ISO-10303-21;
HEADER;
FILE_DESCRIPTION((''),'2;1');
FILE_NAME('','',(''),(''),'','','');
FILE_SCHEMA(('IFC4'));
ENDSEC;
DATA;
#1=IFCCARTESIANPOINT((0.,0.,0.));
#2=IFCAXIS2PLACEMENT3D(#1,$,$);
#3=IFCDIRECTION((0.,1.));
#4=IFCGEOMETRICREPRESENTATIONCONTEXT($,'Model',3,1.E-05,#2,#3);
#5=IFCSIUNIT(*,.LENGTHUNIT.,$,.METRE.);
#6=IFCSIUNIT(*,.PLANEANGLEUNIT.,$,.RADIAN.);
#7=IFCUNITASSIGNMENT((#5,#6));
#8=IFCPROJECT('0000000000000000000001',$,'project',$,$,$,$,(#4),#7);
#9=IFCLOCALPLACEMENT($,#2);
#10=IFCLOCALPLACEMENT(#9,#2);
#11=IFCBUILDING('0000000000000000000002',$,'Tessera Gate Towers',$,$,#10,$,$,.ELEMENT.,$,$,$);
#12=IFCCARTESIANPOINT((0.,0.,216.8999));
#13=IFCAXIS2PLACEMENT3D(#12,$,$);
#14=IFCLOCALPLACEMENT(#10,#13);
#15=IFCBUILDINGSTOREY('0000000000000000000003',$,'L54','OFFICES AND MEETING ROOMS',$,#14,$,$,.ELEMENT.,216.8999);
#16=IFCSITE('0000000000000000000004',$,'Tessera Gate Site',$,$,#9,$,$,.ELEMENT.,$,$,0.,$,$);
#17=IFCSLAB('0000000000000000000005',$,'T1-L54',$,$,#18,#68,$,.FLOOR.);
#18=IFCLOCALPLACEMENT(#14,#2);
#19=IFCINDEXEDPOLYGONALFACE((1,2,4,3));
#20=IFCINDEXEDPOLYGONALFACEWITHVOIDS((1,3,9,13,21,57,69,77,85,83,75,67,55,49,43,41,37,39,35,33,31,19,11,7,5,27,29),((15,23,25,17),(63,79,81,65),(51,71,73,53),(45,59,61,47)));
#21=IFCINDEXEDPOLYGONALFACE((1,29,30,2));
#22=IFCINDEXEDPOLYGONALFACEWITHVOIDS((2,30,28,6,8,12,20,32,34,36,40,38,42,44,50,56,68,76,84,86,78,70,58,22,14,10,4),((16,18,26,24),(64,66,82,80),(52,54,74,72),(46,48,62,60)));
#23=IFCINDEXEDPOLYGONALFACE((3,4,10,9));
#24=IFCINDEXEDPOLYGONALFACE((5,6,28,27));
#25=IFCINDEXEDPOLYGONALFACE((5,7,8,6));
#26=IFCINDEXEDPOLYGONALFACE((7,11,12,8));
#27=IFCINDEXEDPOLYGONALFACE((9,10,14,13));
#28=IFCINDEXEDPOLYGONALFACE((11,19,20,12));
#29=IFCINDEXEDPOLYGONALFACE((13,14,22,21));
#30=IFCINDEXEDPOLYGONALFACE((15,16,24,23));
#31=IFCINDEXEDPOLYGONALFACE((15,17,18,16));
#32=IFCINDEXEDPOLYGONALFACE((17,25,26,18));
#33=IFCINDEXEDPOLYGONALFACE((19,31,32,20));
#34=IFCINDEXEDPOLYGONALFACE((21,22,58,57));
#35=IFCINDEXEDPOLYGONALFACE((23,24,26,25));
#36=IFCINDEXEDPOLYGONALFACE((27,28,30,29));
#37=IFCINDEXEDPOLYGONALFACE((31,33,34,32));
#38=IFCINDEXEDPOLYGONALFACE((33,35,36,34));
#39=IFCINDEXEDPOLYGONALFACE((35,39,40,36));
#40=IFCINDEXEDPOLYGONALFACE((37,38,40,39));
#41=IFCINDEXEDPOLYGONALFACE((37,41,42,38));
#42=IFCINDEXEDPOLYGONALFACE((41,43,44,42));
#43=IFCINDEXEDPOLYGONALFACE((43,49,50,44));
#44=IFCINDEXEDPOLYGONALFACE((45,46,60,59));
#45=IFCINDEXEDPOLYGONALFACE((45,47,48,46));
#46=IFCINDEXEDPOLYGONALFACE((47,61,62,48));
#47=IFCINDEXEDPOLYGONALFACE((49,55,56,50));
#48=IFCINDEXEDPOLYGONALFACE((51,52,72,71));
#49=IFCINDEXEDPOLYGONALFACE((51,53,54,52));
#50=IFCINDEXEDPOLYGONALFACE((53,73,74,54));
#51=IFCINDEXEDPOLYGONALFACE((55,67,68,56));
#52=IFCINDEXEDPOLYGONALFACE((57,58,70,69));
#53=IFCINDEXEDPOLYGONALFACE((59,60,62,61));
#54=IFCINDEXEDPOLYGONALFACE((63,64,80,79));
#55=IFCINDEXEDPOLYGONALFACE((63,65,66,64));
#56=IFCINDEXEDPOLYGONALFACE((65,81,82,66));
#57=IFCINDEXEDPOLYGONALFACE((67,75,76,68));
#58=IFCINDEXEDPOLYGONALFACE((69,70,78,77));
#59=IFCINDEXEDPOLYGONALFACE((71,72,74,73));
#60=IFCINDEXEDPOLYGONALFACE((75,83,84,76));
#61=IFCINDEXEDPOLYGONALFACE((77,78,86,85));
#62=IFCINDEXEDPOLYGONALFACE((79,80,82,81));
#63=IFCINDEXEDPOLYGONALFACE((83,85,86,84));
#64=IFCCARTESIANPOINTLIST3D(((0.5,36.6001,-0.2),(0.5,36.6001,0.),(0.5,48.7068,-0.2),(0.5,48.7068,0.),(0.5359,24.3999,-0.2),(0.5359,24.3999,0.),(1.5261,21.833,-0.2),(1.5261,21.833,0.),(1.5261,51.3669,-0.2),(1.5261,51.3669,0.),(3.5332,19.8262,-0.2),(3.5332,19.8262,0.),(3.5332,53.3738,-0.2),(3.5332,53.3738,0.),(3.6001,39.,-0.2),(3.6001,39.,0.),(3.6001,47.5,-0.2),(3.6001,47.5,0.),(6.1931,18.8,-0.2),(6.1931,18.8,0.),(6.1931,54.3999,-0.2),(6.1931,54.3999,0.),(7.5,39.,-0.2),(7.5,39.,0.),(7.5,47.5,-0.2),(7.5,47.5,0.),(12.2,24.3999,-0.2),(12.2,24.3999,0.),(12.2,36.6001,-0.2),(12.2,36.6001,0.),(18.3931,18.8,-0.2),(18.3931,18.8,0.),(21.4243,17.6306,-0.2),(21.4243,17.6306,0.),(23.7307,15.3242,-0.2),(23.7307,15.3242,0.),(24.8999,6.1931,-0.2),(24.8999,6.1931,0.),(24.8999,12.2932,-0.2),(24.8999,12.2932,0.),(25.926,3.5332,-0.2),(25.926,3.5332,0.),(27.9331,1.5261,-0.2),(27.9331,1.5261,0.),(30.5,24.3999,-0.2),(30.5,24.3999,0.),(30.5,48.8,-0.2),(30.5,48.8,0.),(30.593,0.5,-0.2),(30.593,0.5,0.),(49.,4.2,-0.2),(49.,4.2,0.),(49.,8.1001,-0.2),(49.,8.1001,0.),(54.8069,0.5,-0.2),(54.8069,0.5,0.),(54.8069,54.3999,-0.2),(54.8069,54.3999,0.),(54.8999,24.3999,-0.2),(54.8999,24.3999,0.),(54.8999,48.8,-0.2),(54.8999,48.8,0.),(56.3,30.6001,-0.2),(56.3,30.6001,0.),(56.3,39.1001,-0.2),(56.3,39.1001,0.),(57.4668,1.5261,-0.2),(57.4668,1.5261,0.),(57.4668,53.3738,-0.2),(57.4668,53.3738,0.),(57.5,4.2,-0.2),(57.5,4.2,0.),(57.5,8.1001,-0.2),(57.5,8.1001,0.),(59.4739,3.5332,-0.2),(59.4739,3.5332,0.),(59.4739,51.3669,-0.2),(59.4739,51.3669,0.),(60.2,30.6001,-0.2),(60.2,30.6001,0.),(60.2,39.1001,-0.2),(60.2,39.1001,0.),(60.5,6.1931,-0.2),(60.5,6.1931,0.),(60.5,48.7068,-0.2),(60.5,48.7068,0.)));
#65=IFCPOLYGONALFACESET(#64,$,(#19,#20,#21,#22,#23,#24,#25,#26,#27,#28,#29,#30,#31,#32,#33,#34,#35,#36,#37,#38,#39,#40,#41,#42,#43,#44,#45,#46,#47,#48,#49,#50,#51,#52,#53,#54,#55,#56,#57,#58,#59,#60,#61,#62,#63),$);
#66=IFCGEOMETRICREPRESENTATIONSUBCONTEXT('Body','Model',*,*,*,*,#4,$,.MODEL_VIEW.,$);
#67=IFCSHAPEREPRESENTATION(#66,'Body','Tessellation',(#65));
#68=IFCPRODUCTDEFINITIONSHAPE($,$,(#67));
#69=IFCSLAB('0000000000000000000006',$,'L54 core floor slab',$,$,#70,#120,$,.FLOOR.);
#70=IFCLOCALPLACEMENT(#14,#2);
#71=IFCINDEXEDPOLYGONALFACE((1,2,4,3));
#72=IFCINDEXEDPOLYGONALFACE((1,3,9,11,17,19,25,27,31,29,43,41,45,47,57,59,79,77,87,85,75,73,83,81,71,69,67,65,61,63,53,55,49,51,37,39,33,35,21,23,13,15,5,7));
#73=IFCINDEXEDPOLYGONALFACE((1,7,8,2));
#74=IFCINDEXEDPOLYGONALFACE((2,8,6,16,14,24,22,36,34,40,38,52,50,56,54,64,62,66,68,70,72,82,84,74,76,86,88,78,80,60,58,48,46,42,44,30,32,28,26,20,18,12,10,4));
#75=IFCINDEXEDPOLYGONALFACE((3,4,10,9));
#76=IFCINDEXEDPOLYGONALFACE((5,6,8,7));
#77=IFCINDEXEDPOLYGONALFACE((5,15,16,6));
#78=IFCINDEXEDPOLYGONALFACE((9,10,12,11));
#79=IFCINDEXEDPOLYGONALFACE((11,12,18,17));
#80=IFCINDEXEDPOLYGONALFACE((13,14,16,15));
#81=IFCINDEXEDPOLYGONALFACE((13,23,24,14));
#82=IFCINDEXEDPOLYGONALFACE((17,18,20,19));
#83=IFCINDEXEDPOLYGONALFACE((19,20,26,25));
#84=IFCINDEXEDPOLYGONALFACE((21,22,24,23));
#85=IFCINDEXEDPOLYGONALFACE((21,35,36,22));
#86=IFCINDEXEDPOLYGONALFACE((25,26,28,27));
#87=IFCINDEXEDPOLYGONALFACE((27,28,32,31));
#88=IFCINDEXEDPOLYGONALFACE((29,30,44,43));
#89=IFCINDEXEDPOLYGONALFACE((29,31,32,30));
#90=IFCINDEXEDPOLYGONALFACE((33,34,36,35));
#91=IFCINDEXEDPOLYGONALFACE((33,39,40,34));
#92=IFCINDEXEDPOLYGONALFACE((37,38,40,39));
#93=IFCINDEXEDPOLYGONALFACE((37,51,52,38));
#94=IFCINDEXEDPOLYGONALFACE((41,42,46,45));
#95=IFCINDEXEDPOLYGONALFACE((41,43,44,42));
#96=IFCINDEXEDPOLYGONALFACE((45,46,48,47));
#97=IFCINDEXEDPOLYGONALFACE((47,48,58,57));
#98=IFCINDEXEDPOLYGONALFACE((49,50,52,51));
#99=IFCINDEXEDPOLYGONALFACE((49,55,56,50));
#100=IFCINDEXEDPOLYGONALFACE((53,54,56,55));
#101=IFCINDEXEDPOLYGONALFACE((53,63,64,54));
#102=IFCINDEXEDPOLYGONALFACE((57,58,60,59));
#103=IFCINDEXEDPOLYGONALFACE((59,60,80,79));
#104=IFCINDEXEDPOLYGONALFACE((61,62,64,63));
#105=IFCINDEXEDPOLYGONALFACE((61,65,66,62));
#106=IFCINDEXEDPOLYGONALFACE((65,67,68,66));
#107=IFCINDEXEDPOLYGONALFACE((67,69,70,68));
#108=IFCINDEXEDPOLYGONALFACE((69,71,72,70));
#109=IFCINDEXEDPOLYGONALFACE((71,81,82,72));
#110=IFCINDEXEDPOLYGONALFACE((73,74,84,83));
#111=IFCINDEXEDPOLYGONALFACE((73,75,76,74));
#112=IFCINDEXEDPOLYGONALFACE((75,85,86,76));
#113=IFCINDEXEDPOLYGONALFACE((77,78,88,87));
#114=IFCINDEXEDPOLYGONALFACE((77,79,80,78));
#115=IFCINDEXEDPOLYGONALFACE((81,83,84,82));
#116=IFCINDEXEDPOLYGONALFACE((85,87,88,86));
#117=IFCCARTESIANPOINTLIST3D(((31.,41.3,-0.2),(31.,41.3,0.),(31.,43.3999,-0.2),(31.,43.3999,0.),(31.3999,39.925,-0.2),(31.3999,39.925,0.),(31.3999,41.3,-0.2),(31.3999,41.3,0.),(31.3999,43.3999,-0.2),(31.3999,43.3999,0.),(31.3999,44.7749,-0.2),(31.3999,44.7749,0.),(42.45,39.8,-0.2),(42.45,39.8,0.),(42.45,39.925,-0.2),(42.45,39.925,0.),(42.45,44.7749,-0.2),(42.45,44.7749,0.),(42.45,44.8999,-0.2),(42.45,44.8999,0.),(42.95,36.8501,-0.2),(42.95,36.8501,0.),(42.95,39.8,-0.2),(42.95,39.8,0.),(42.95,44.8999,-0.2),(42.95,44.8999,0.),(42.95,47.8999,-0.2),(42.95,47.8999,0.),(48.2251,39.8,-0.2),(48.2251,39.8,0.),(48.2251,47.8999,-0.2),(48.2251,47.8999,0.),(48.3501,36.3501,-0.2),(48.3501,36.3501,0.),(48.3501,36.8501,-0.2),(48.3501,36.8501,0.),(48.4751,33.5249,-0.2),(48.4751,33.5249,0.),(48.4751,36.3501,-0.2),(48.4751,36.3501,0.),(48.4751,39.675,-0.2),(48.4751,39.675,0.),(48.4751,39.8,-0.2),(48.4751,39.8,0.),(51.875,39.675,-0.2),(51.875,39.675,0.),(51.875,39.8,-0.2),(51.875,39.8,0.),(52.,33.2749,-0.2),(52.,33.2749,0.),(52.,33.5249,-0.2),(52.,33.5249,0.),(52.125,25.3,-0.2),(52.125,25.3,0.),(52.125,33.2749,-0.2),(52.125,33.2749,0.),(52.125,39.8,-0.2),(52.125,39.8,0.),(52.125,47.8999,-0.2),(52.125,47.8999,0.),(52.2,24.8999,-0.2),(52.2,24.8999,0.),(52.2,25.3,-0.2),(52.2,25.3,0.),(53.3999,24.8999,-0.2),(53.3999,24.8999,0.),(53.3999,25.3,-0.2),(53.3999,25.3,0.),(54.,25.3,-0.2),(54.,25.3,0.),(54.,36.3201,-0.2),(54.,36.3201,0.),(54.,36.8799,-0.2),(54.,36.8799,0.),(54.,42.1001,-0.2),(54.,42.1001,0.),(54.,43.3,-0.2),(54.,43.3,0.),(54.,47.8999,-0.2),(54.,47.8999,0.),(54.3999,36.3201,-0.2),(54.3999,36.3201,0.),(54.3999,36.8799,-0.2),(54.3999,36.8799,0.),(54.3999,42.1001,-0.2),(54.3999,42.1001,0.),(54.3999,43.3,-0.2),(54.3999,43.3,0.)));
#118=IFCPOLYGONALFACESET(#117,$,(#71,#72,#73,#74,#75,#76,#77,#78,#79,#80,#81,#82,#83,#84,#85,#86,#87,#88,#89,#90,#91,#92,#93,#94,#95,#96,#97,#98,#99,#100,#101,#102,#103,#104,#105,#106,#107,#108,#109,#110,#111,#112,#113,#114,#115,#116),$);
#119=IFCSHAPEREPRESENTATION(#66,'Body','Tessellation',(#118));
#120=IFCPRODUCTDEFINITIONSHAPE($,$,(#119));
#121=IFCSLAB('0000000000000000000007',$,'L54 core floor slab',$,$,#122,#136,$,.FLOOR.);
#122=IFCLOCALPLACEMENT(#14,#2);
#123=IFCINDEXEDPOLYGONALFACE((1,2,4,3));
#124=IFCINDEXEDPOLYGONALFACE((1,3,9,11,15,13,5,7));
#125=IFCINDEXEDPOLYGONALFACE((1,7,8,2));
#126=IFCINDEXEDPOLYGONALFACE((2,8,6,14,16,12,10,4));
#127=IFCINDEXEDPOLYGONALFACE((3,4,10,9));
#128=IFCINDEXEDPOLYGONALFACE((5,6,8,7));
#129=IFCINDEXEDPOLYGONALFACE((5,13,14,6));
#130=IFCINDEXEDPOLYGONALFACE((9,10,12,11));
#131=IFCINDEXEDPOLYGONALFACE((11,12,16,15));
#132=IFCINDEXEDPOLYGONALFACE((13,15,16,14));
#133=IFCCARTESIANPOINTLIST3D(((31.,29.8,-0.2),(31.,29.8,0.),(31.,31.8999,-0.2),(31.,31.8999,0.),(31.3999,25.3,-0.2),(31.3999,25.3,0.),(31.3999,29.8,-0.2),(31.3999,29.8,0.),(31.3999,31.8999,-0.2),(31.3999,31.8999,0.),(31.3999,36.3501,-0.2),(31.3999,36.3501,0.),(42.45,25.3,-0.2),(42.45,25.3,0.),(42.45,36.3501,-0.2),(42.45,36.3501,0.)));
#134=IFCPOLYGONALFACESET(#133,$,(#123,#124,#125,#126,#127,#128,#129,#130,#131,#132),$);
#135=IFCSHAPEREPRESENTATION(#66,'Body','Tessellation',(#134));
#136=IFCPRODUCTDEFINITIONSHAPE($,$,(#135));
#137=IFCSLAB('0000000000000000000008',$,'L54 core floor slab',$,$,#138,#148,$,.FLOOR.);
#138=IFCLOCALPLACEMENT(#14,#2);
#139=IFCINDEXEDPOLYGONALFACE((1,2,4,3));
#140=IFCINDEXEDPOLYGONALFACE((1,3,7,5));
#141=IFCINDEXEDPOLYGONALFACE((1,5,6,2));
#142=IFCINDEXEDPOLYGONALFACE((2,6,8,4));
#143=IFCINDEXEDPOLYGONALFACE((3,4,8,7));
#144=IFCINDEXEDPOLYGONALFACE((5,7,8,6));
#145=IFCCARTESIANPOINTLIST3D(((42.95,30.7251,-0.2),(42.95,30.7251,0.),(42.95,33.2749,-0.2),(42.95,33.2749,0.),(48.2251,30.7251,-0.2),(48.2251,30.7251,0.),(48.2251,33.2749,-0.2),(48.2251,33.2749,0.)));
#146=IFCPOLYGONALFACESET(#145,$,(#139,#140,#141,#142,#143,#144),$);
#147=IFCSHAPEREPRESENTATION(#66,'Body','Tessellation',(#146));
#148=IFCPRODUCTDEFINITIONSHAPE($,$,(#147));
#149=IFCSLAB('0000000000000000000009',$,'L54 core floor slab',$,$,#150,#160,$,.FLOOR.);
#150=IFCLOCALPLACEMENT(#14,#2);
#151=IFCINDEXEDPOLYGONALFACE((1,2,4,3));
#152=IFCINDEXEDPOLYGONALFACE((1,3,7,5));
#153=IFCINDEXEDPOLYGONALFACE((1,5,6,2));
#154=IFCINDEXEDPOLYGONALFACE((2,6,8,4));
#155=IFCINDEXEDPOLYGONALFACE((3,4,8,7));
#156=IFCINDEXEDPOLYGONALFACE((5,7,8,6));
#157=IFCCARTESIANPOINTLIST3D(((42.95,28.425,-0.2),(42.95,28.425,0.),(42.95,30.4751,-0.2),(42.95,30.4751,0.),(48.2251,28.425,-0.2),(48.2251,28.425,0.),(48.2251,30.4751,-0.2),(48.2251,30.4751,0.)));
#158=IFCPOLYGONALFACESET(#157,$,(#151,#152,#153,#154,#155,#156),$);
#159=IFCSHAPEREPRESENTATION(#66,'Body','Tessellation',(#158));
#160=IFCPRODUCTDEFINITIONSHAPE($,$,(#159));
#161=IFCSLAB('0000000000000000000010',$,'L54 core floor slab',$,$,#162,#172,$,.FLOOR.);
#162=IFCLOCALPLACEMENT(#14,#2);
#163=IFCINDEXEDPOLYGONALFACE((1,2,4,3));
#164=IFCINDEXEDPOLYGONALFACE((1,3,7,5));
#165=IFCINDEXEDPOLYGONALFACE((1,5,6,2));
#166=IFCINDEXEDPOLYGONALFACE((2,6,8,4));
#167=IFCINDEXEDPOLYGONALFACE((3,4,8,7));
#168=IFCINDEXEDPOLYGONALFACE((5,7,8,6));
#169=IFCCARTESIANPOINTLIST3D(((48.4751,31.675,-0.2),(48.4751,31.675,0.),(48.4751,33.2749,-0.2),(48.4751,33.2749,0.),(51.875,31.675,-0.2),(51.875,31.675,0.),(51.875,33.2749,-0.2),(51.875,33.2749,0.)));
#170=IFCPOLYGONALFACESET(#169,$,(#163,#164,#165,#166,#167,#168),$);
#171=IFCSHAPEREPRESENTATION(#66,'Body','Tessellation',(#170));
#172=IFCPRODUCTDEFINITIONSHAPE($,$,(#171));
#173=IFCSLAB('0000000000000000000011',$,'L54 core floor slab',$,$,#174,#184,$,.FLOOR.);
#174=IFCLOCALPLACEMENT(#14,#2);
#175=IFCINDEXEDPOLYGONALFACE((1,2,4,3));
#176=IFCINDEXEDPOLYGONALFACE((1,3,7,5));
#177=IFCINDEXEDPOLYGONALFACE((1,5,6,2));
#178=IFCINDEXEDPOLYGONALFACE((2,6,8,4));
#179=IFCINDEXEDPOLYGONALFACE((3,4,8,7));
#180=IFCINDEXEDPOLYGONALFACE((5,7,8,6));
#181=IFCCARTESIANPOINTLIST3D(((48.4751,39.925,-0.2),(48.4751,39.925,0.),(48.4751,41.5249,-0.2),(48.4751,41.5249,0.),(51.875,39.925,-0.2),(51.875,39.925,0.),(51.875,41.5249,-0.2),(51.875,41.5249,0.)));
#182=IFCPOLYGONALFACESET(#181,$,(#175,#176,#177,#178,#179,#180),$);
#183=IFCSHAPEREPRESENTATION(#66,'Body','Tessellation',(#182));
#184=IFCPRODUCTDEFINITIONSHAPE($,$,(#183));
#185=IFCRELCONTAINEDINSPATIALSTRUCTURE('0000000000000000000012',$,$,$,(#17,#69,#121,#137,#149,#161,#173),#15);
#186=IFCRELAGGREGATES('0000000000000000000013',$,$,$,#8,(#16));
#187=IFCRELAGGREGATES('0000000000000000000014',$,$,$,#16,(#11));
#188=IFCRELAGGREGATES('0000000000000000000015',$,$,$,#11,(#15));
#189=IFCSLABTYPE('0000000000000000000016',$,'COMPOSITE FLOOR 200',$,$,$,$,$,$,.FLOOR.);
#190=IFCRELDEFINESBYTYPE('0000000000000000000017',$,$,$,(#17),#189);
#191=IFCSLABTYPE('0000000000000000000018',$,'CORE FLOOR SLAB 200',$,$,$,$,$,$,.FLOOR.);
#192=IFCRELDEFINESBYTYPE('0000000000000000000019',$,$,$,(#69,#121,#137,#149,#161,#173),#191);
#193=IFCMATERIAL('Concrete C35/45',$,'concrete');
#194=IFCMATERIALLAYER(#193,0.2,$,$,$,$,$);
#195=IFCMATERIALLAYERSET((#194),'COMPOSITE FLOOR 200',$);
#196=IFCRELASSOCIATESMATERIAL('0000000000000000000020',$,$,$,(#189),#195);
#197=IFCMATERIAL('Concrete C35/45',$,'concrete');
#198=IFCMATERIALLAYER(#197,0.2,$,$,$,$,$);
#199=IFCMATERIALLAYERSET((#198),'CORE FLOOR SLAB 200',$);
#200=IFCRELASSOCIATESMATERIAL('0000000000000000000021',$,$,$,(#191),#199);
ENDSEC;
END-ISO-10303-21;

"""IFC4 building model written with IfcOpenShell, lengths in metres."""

from ifc_helpers import new_model, si_unit, direction, frame, origin, place, context, subcontext, project, spatial, polyline, outline, extrude, material, layer, layer_set, type_object, element, save


model = new_model("IFC4")

# Units and contexts
model_context = context("Model", 3, precision=1e-05, world=origin(), true_north=direction((0.0, 1.0)))
body_context = subcontext(model_context, "Body", "Model", "MODEL_VIEW")
ifc_project = project(units=[si_unit("LENGTHUNIT", "METRE"), si_unit("PLANEANGLEUNIT", "RADIAN")], contexts=[model_context])

# Site, building, storey
site_placement = place(None, origin())
site = spatial("IfcSite", under=ifc_project, at=site_placement, Name="Tessera Gate Site", CompositionType="ELEMENT", RefElevation=0.0)
building_placement = place(site_placement, origin())
building = spatial("IfcBuilding", under=site, at=building_placement, Name="Tessera Gate Towers", CompositionType="ELEMENT")
storey_placement = place(building_placement, frame((0.0, 0.0, 216.8999)))
storey = spatial("IfcBuildingStorey", under=building, at=storey_placement, Name="L54", Description="OFFICES AND MEETING ROOMS", CompositionType="ELEMENT", Elevation=216.8999)

# Slabs
ifc_material_1 = material(Name="Concrete C35/45", Category="concrete")
ifc_layer_1 = layer(ifc_material_1, 0.2)
ifc_layer_set_1 = layer_set([ifc_layer_1], Name="COMPOSITE FLOOR 200")
slab_type_1 = type_object("IfcSlabType", Name="COMPOSITE FLOOR 200", PredefinedType="FLOOR", material=ifc_layer_set_1)
slab_1_placement = place(storey_placement, frame((0.0, 0.0, -0.2)))
element("IfcSlab", 1, at=slab_1_placement, inside=storey, type_object=slab_type_1, Name="T1-L54", PredefinedType="FLOOR", context=body_context, shape_type="SweptSolid", body=[
    extrude(outline(polyline([(0.5, 36.6001), (12.2, 36.6001), (12.2, 24.3999), (0.5359, 24.3999), (1.5261, 21.833), (3.5332, 19.8262), (6.1931, 18.8), (18.3931, 18.8), (21.4243, 17.6306), (23.7307, 15.3242), (24.8999, 12.2932), (24.8999, 6.1931), (25.926, 3.5332), (27.9331, 1.5261), (30.593, 0.5), (54.8069, 0.5), (57.4668, 1.5261), (59.4739, 3.5332), (60.5, 6.1931), (60.5, 48.7068), (59.4739, 51.3669), (57.4668, 53.3738), (54.8069, 54.3999), (6.1931, 54.3999), (3.5332, 53.3738), (1.5261, 51.3669), (0.5, 48.7068), (0.5, 36.6001)]), holes=[polyline([(3.6001, 39.0), (3.6001, 47.5), (7.5, 47.5), (7.5, 39.0), (3.6001, 39.0)]), polyline([(30.5, 24.3999), (30.5, 48.8), (54.8999, 48.8), (54.8999, 24.3999), (30.5, 24.3999)]), polyline([(49.0, 4.2), (49.0, 8.1001), (57.5, 8.1001), (57.5, 4.2), (49.0, 4.2)]), polyline([(56.3, 30.6001), (56.3, 39.1001), (60.2, 39.1001), (60.2, 30.6001), (56.3, 30.6001)])]), origin(), (0.0, 0.0, 1.0), 0.2),
])
ifc_material_2 = material(Name="Concrete C35/45", Category="concrete")
ifc_layer_2 = layer(ifc_material_2, 0.2)
ifc_layer_set_2 = layer_set([ifc_layer_2], Name="CORE FLOOR SLAB 200")
slab_type_2 = type_object("IfcSlabType", Name="CORE FLOOR SLAB 200", PredefinedType="FLOOR", material=ifc_layer_set_2)
slab_2_placement = place(storey_placement, frame((0.0, 0.0, -0.2)))
element("IfcSlab", 2, at=slab_2_placement, inside=storey, type_object=slab_type_2, Name="L54 core floor slab", PredefinedType="FLOOR", context=body_context, shape_type="SweptSolid", body=[
    extrude(outline(polyline([(42.45, 44.8999), (42.45, 44.7749), (31.3999, 44.7749), (31.3999, 43.3999), (31.0, 43.3999), (31.0, 41.3), (31.3999, 41.3), (31.3999, 39.925), (42.45, 39.925), (42.45, 39.8), (42.95, 39.8), (42.95, 36.8501), (48.3501, 36.8501), (48.3501, 36.3501), (48.4751, 36.3501), (48.4751, 33.5249), (52.0, 33.5249), (52.0, 33.2749), (52.125, 33.2749), (52.125, 25.3), (52.2, 25.3), (52.2, 24.8999), (53.3999, 24.8999), (53.3999, 25.3), (54.0, 25.3), (54.0, 36.3201), (54.3999, 36.3201), (54.3999, 36.8799), (54.0, 36.8799), (54.0, 42.1001), (54.3999, 42.1001), (54.3999, 43.3), (54.0, 43.3), (54.0, 47.8999), (52.125, 47.8999), (52.125, 39.8), (51.875, 39.8), (51.875, 39.675), (48.4751, 39.675), (48.4751, 39.8), (48.2251, 39.8), (48.2251, 47.8999), (42.95, 47.8999), (42.95, 44.8999), (42.45, 44.8999)])), origin(), (0.0, 0.0, 1.0), 0.2),
])
slab_3_placement = place(storey_placement, frame((0.0, 0.0, -0.2)))
element("IfcSlab", 3, at=slab_3_placement, inside=storey, type_object=slab_type_2, Name="L54 core floor slab", PredefinedType="FLOOR", context=body_context, shape_type="SweptSolid", body=[
    extrude(outline(polyline([(31.3999, 36.3501), (31.3999, 31.8999), (31.0, 31.8999), (31.0, 29.8), (31.3999, 29.8), (31.3999, 25.3), (42.45, 25.3), (42.45, 36.3501), (31.3999, 36.3501)])), origin(), (0.0, 0.0, 1.0), 0.2),
])
slab_4_placement = place(storey_placement, frame((0.0, 0.0, -0.2)))
element("IfcSlab", 4, at=slab_4_placement, inside=storey, type_object=slab_type_2, Name="L54 core floor slab", PredefinedType="FLOOR", context=body_context, shape_type="SweptSolid", body=[
    extrude(outline(polyline([(42.95, 33.2749), (42.95, 30.7251), (48.2251, 30.7251), (48.2251, 33.2749), (42.95, 33.2749)])), origin(), (0.0, 0.0, 1.0), 0.2),
])
slab_5_placement = place(storey_placement, frame((0.0, 0.0, -0.2)))
element("IfcSlab", 5, at=slab_5_placement, inside=storey, type_object=slab_type_2, Name="L54 core floor slab", PredefinedType="FLOOR", context=body_context, shape_type="SweptSolid", body=[
    extrude(outline(polyline([(48.2251, 30.4751), (42.95, 30.4751), (42.95, 28.425), (48.2251, 28.425), (48.2251, 30.4751)])), origin(), (0.0, 0.0, 1.0), 0.2),
])
slab_6_placement = place(storey_placement, frame((0.0, 0.0, -0.2)))
element("IfcSlab", 6, at=slab_6_placement, inside=storey, type_object=slab_type_2, Name="L54 core floor slab", PredefinedType="FLOOR", context=body_context, shape_type="SweptSolid", body=[
    extrude(outline(polyline([(51.875, 31.675), (51.875, 33.2749), (48.4751, 33.2749), (48.4751, 31.675), (51.875, 31.675)])), origin(), (0.0, 0.0, 1.0), 0.2),
])
slab_7_placement = place(storey_placement, frame((0.0, 0.0, -0.2)))
element("IfcSlab", 7, at=slab_7_placement, inside=storey, type_object=slab_type_2, Name="L54 core floor slab", PredefinedType="FLOOR", context=body_context, shape_type="SweptSolid", body=[
    extrude(outline(polyline([(48.4751, 41.5249), (48.4751, 39.925), (51.875, 39.925), (51.875, 41.5249), (48.4751, 41.5249)])), origin(), (0.0, 0.0, 1.0), 0.2),
])

save(model, "model.ifc")
